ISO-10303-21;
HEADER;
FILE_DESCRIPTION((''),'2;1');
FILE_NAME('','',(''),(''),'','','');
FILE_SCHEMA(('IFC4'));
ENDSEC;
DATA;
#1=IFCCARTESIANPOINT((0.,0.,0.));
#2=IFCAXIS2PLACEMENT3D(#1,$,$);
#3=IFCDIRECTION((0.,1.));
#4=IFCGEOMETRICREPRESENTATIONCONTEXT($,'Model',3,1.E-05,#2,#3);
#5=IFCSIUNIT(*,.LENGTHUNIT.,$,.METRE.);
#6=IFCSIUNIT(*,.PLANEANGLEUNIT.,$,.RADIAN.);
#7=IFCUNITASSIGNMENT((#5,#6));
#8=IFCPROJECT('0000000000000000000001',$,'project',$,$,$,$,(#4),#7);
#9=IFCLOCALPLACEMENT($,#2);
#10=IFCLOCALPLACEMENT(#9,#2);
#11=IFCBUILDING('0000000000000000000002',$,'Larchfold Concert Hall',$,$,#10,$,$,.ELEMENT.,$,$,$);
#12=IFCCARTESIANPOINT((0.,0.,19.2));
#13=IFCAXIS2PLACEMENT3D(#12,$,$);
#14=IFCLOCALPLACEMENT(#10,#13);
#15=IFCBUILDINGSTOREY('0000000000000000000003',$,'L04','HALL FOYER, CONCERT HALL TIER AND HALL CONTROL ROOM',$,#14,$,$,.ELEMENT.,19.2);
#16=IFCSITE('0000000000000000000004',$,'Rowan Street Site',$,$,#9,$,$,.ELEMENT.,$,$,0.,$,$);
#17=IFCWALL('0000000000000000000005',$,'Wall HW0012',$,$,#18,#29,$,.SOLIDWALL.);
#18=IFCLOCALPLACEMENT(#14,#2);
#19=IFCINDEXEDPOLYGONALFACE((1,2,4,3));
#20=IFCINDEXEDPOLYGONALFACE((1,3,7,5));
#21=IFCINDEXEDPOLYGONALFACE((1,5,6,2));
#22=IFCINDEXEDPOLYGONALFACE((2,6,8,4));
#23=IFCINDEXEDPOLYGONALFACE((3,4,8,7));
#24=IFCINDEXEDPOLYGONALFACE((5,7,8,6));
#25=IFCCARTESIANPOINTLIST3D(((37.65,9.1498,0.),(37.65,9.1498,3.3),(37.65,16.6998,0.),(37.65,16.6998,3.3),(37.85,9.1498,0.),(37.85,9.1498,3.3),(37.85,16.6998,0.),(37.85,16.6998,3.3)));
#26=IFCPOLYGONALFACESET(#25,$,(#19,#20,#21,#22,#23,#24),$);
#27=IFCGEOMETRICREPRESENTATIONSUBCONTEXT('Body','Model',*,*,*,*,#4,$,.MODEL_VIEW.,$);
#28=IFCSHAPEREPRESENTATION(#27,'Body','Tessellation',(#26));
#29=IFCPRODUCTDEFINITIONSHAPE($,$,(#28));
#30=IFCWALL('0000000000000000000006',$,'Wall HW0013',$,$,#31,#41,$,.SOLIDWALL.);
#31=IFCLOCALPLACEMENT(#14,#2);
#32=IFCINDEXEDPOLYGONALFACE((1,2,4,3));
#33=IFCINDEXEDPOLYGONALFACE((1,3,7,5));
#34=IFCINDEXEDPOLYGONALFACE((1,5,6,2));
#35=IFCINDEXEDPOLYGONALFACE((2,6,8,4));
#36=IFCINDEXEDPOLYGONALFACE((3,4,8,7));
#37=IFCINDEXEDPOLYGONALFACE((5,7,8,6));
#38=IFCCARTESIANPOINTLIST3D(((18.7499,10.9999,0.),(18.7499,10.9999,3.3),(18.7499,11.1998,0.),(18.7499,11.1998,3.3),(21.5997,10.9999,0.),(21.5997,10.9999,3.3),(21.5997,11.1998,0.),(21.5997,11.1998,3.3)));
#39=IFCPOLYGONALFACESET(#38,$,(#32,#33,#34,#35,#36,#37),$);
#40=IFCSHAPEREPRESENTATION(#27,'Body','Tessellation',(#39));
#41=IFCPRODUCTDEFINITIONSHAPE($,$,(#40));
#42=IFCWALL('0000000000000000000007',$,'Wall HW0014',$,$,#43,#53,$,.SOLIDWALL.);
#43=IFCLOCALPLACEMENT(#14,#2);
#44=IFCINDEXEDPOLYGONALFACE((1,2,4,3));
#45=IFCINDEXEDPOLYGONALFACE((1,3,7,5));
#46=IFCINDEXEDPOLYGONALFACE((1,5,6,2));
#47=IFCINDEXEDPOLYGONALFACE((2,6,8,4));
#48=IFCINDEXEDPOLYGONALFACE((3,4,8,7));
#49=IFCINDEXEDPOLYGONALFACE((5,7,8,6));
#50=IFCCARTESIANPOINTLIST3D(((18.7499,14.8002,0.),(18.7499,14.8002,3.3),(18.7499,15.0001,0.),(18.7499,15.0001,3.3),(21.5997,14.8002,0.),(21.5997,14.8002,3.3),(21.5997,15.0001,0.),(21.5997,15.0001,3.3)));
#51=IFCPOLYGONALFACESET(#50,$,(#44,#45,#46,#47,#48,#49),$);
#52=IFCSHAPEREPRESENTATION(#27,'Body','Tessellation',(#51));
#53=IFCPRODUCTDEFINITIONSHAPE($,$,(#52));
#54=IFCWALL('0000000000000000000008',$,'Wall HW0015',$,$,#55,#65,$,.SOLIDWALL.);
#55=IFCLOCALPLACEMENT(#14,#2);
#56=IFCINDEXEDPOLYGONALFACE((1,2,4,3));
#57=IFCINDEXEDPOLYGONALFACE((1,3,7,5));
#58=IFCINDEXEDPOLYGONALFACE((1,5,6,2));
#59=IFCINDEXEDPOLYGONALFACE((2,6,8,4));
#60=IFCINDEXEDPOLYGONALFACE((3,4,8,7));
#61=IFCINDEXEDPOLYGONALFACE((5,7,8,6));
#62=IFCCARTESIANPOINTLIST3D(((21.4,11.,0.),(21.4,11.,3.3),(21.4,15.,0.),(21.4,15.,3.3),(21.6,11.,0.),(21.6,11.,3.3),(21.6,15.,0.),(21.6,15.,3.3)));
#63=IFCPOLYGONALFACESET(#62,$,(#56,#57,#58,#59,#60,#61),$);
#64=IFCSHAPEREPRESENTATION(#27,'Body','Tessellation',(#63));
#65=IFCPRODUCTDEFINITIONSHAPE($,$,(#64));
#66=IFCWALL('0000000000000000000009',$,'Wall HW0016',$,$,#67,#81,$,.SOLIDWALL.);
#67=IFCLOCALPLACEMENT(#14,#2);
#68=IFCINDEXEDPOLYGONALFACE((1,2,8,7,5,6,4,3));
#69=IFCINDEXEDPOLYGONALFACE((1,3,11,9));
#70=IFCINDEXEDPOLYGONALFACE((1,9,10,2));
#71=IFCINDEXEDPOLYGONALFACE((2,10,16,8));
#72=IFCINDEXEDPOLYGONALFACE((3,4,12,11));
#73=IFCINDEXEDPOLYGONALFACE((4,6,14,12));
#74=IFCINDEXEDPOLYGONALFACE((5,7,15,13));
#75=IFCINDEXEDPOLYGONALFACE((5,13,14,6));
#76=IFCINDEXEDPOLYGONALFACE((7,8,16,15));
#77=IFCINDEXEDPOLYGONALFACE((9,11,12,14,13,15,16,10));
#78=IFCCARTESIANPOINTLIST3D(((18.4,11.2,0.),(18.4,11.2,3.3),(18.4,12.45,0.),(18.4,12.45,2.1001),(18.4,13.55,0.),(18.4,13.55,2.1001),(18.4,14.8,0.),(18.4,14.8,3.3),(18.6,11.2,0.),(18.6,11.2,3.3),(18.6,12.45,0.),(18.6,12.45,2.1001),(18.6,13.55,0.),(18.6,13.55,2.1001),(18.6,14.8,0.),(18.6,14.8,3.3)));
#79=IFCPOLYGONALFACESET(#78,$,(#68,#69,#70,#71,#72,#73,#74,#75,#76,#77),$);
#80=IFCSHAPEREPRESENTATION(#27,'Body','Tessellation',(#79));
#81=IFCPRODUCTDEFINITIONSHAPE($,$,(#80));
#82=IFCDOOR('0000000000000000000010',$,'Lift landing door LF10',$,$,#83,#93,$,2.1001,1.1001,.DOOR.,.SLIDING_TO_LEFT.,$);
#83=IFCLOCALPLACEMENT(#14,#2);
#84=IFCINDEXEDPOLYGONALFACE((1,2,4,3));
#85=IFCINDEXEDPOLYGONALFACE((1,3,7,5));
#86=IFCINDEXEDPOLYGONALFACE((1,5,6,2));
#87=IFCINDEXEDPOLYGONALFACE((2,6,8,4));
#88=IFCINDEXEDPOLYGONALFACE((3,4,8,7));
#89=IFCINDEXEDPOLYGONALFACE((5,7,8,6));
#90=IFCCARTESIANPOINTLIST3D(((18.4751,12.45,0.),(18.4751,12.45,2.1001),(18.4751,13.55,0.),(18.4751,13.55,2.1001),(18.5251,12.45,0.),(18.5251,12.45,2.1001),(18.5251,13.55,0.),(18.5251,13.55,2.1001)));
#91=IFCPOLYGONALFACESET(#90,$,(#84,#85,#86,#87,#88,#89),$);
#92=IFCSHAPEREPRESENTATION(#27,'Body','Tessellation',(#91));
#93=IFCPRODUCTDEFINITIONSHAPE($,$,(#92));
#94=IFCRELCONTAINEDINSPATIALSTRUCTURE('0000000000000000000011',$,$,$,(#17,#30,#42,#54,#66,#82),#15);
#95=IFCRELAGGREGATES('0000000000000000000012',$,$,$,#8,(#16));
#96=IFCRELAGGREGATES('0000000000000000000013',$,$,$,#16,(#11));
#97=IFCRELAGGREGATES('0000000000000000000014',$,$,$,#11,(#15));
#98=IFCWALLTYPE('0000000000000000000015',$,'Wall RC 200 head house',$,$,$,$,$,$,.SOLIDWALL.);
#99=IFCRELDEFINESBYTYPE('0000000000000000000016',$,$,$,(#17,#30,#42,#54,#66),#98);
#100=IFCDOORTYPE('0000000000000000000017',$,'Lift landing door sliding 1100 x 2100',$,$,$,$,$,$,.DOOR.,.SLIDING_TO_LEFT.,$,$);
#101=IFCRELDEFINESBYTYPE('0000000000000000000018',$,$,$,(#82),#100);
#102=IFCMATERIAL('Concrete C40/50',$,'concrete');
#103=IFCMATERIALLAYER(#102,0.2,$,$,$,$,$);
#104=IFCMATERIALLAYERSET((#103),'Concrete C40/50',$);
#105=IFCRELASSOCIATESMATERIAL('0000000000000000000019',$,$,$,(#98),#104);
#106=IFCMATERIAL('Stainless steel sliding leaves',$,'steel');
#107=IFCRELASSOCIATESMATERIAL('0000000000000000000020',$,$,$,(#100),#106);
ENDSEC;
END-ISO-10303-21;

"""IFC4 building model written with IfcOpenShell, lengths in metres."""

from ifc_helpers import new_model, si_unit, direction, frame, frame_2d, origin, place, context, subcontext, project, spatial, rectangle, extrude, material, layer, layer_set, type_object, element, fill, save


model = new_model("IFC4")

# Units and contexts
model_context = context("Model", 3, precision=1e-05, world=origin(), true_north=direction((0.0, 1.0)))
body_context = subcontext(model_context, "Body", "Model", "MODEL_VIEW")
ifc_project = project(units=[si_unit("LENGTHUNIT", "METRE"), si_unit("PLANEANGLEUNIT", "RADIAN")], contexts=[model_context])

# Site, building, storey
site_placement = place(None, origin())
site = spatial("IfcSite", under=ifc_project, at=site_placement, Name="Rowan Street Site", CompositionType="ELEMENT", RefElevation=0.0)
building_placement = place(site_placement, origin())
building = spatial("IfcBuilding", under=site, at=building_placement, Name="Larchfold Concert Hall", CompositionType="ELEMENT")
storey_placement = place(building_placement, frame((0.0, 0.0, 19.2)))
storey = spatial("IfcBuildingStorey", under=building, at=storey_placement, Name="L04", Description="HALL FOYER, CONCERT HALL TIER AND HALL CONTROL ROOM", CompositionType="ELEMENT", Elevation=19.2)

# Walls
ifc_material_1 = material(Name="Concrete C40/50", Category="concrete")
ifc_layer_1 = layer(ifc_material_1, 0.2)
ifc_layer_set_1 = layer_set([ifc_layer_1], Name="Concrete C40/50")
wall_type = type_object("IfcWallType", Name="Wall RC 200 head house", PredefinedType="SOLIDWALL", material=ifc_layer_set_1)
for number, where, z_axis, x_axis, name in (
    (1, (37.75, 9.1499, 0.0), (0.0, 0.0, 1.0), (0.0, 1.0, 0.0), "Wall HW0012"),
):
    element("IfcWall", number, at=place(storey_placement, frame(where, z_axis=z_axis, x_axis=x_axis)), inside=storey, type_object=wall_type, Name=name, PredefinedType="SOLIDWALL", context=body_context, shape_type="SweptSolid", body=[
        extrude(rectangle(XDim=7.55, YDim=0.2, at=frame_2d((3.7749, 0.0))), origin(), (0.0, 0.0, 1.0), 3.3),
    ])
for number, where, z_axis, x_axis, name in (
    (2, (18.75, 11.0999, 0.0), (0.0, 0.0, 1.0), (1.0, 0.0, 0.0), "Wall HW0013"),
    (3, (18.75, 14.9001, 0.0), (0.0, 0.0, 1.0), (1.0, 0.0, 0.0), "Wall HW0014"),
):
    element("IfcWall", number, at=place(storey_placement, frame(where, z_axis=z_axis, x_axis=x_axis)), inside=storey, type_object=wall_type, Name=name, PredefinedType="SOLIDWALL", context=body_context, shape_type="SweptSolid", body=[
        extrude(rectangle(XDim=2.8499, YDim=0.2, at=frame_2d((1.4248, 0.0))), origin(), (0.0, 0.0, 1.0), 3.3),
    ])
wall_1_placement = place(storey_placement, frame((21.5, 11.0, 0.0), z_axis=(0.0, 0.0, 1.0), x_axis=(0.0, 1.0, 0.0)))
element("IfcWall", 4, at=wall_1_placement, inside=storey, type_object=wall_type, Name="Wall HW0015", PredefinedType="SOLIDWALL", context=body_context, shape_type="SweptSolid", body=[
    extrude(rectangle(XDim=4.0, YDim=0.2, at=frame_2d((2.0, 0.0))), origin(), (0.0, 0.0, 1.0), 3.3),
])

# Wall, opening, door
wall_2_placement = place(storey_placement, frame((18.5, 11.2, 0.0), z_axis=(0.0, 0.0, 1.0), x_axis=(0.0, 1.0, 0.0)))
wall_2 = element("IfcWall", 5, at=wall_2_placement, inside=storey, type_object=wall_type, Name="Wall HW0016", PredefinedType="SOLIDWALL", context=body_context, shape_type="SweptSolid", body=[
    extrude(rectangle(XDim=3.6001, YDim=0.2, at=frame_2d((1.8, 0.0))), origin(), (0.0, 0.0, 1.0), 3.3),
])
opening_placement = place(wall_2_placement, frame((1.25, 0.0, 0.0)))
opening = element("IfcOpeningElement", 6, at=opening_placement, cuts=wall_2, PredefinedType="OPENING", context=body_context, shape_type="SweptSolid", body=[
    extrude(rectangle(XDim=1.1001, YDim=2.1001, at=frame_2d((0.55, 1.05))), frame((0.0, 0.1099, 0.0), z_axis=(0.0, -1.0, 0.0), x_axis=(1.0, 0.0, 0.0)), (0.0, 0.0, 1.0), 0.22),
])
ifc_material_2 = material(Name="Stainless steel sliding leaves", Category="steel")
door_type = type_object("IfcDoorType", Name="Lift landing door sliding 1100 x 2100", OperationType="SLIDING_TO_LEFT", PredefinedType="DOOR", material=ifc_material_2)
door_placement = place(opening_placement, origin())
door = element("IfcDoor", 7, at=door_placement, inside=storey, type_object=door_type, Name="Lift landing door LF10", OperationType="SLIDING_TO_LEFT", OverallHeight=2.1001, OverallWidth=1.1001, PredefinedType="DOOR", context=body_context, shape_type="SweptSolid", body=[
    extrude(rectangle(XDim=1.1001, YDim=2.1001, at=frame_2d((0.55, 1.05))), frame((0.0, 0.0249, 0.0), z_axis=(0.0, -1.0, 0.0), x_axis=(1.0, 0.0, 0.0)), (0.0, 0.0, 1.0), 0.05),
])
fill(opening, door)

save(model, "model.ifc")
